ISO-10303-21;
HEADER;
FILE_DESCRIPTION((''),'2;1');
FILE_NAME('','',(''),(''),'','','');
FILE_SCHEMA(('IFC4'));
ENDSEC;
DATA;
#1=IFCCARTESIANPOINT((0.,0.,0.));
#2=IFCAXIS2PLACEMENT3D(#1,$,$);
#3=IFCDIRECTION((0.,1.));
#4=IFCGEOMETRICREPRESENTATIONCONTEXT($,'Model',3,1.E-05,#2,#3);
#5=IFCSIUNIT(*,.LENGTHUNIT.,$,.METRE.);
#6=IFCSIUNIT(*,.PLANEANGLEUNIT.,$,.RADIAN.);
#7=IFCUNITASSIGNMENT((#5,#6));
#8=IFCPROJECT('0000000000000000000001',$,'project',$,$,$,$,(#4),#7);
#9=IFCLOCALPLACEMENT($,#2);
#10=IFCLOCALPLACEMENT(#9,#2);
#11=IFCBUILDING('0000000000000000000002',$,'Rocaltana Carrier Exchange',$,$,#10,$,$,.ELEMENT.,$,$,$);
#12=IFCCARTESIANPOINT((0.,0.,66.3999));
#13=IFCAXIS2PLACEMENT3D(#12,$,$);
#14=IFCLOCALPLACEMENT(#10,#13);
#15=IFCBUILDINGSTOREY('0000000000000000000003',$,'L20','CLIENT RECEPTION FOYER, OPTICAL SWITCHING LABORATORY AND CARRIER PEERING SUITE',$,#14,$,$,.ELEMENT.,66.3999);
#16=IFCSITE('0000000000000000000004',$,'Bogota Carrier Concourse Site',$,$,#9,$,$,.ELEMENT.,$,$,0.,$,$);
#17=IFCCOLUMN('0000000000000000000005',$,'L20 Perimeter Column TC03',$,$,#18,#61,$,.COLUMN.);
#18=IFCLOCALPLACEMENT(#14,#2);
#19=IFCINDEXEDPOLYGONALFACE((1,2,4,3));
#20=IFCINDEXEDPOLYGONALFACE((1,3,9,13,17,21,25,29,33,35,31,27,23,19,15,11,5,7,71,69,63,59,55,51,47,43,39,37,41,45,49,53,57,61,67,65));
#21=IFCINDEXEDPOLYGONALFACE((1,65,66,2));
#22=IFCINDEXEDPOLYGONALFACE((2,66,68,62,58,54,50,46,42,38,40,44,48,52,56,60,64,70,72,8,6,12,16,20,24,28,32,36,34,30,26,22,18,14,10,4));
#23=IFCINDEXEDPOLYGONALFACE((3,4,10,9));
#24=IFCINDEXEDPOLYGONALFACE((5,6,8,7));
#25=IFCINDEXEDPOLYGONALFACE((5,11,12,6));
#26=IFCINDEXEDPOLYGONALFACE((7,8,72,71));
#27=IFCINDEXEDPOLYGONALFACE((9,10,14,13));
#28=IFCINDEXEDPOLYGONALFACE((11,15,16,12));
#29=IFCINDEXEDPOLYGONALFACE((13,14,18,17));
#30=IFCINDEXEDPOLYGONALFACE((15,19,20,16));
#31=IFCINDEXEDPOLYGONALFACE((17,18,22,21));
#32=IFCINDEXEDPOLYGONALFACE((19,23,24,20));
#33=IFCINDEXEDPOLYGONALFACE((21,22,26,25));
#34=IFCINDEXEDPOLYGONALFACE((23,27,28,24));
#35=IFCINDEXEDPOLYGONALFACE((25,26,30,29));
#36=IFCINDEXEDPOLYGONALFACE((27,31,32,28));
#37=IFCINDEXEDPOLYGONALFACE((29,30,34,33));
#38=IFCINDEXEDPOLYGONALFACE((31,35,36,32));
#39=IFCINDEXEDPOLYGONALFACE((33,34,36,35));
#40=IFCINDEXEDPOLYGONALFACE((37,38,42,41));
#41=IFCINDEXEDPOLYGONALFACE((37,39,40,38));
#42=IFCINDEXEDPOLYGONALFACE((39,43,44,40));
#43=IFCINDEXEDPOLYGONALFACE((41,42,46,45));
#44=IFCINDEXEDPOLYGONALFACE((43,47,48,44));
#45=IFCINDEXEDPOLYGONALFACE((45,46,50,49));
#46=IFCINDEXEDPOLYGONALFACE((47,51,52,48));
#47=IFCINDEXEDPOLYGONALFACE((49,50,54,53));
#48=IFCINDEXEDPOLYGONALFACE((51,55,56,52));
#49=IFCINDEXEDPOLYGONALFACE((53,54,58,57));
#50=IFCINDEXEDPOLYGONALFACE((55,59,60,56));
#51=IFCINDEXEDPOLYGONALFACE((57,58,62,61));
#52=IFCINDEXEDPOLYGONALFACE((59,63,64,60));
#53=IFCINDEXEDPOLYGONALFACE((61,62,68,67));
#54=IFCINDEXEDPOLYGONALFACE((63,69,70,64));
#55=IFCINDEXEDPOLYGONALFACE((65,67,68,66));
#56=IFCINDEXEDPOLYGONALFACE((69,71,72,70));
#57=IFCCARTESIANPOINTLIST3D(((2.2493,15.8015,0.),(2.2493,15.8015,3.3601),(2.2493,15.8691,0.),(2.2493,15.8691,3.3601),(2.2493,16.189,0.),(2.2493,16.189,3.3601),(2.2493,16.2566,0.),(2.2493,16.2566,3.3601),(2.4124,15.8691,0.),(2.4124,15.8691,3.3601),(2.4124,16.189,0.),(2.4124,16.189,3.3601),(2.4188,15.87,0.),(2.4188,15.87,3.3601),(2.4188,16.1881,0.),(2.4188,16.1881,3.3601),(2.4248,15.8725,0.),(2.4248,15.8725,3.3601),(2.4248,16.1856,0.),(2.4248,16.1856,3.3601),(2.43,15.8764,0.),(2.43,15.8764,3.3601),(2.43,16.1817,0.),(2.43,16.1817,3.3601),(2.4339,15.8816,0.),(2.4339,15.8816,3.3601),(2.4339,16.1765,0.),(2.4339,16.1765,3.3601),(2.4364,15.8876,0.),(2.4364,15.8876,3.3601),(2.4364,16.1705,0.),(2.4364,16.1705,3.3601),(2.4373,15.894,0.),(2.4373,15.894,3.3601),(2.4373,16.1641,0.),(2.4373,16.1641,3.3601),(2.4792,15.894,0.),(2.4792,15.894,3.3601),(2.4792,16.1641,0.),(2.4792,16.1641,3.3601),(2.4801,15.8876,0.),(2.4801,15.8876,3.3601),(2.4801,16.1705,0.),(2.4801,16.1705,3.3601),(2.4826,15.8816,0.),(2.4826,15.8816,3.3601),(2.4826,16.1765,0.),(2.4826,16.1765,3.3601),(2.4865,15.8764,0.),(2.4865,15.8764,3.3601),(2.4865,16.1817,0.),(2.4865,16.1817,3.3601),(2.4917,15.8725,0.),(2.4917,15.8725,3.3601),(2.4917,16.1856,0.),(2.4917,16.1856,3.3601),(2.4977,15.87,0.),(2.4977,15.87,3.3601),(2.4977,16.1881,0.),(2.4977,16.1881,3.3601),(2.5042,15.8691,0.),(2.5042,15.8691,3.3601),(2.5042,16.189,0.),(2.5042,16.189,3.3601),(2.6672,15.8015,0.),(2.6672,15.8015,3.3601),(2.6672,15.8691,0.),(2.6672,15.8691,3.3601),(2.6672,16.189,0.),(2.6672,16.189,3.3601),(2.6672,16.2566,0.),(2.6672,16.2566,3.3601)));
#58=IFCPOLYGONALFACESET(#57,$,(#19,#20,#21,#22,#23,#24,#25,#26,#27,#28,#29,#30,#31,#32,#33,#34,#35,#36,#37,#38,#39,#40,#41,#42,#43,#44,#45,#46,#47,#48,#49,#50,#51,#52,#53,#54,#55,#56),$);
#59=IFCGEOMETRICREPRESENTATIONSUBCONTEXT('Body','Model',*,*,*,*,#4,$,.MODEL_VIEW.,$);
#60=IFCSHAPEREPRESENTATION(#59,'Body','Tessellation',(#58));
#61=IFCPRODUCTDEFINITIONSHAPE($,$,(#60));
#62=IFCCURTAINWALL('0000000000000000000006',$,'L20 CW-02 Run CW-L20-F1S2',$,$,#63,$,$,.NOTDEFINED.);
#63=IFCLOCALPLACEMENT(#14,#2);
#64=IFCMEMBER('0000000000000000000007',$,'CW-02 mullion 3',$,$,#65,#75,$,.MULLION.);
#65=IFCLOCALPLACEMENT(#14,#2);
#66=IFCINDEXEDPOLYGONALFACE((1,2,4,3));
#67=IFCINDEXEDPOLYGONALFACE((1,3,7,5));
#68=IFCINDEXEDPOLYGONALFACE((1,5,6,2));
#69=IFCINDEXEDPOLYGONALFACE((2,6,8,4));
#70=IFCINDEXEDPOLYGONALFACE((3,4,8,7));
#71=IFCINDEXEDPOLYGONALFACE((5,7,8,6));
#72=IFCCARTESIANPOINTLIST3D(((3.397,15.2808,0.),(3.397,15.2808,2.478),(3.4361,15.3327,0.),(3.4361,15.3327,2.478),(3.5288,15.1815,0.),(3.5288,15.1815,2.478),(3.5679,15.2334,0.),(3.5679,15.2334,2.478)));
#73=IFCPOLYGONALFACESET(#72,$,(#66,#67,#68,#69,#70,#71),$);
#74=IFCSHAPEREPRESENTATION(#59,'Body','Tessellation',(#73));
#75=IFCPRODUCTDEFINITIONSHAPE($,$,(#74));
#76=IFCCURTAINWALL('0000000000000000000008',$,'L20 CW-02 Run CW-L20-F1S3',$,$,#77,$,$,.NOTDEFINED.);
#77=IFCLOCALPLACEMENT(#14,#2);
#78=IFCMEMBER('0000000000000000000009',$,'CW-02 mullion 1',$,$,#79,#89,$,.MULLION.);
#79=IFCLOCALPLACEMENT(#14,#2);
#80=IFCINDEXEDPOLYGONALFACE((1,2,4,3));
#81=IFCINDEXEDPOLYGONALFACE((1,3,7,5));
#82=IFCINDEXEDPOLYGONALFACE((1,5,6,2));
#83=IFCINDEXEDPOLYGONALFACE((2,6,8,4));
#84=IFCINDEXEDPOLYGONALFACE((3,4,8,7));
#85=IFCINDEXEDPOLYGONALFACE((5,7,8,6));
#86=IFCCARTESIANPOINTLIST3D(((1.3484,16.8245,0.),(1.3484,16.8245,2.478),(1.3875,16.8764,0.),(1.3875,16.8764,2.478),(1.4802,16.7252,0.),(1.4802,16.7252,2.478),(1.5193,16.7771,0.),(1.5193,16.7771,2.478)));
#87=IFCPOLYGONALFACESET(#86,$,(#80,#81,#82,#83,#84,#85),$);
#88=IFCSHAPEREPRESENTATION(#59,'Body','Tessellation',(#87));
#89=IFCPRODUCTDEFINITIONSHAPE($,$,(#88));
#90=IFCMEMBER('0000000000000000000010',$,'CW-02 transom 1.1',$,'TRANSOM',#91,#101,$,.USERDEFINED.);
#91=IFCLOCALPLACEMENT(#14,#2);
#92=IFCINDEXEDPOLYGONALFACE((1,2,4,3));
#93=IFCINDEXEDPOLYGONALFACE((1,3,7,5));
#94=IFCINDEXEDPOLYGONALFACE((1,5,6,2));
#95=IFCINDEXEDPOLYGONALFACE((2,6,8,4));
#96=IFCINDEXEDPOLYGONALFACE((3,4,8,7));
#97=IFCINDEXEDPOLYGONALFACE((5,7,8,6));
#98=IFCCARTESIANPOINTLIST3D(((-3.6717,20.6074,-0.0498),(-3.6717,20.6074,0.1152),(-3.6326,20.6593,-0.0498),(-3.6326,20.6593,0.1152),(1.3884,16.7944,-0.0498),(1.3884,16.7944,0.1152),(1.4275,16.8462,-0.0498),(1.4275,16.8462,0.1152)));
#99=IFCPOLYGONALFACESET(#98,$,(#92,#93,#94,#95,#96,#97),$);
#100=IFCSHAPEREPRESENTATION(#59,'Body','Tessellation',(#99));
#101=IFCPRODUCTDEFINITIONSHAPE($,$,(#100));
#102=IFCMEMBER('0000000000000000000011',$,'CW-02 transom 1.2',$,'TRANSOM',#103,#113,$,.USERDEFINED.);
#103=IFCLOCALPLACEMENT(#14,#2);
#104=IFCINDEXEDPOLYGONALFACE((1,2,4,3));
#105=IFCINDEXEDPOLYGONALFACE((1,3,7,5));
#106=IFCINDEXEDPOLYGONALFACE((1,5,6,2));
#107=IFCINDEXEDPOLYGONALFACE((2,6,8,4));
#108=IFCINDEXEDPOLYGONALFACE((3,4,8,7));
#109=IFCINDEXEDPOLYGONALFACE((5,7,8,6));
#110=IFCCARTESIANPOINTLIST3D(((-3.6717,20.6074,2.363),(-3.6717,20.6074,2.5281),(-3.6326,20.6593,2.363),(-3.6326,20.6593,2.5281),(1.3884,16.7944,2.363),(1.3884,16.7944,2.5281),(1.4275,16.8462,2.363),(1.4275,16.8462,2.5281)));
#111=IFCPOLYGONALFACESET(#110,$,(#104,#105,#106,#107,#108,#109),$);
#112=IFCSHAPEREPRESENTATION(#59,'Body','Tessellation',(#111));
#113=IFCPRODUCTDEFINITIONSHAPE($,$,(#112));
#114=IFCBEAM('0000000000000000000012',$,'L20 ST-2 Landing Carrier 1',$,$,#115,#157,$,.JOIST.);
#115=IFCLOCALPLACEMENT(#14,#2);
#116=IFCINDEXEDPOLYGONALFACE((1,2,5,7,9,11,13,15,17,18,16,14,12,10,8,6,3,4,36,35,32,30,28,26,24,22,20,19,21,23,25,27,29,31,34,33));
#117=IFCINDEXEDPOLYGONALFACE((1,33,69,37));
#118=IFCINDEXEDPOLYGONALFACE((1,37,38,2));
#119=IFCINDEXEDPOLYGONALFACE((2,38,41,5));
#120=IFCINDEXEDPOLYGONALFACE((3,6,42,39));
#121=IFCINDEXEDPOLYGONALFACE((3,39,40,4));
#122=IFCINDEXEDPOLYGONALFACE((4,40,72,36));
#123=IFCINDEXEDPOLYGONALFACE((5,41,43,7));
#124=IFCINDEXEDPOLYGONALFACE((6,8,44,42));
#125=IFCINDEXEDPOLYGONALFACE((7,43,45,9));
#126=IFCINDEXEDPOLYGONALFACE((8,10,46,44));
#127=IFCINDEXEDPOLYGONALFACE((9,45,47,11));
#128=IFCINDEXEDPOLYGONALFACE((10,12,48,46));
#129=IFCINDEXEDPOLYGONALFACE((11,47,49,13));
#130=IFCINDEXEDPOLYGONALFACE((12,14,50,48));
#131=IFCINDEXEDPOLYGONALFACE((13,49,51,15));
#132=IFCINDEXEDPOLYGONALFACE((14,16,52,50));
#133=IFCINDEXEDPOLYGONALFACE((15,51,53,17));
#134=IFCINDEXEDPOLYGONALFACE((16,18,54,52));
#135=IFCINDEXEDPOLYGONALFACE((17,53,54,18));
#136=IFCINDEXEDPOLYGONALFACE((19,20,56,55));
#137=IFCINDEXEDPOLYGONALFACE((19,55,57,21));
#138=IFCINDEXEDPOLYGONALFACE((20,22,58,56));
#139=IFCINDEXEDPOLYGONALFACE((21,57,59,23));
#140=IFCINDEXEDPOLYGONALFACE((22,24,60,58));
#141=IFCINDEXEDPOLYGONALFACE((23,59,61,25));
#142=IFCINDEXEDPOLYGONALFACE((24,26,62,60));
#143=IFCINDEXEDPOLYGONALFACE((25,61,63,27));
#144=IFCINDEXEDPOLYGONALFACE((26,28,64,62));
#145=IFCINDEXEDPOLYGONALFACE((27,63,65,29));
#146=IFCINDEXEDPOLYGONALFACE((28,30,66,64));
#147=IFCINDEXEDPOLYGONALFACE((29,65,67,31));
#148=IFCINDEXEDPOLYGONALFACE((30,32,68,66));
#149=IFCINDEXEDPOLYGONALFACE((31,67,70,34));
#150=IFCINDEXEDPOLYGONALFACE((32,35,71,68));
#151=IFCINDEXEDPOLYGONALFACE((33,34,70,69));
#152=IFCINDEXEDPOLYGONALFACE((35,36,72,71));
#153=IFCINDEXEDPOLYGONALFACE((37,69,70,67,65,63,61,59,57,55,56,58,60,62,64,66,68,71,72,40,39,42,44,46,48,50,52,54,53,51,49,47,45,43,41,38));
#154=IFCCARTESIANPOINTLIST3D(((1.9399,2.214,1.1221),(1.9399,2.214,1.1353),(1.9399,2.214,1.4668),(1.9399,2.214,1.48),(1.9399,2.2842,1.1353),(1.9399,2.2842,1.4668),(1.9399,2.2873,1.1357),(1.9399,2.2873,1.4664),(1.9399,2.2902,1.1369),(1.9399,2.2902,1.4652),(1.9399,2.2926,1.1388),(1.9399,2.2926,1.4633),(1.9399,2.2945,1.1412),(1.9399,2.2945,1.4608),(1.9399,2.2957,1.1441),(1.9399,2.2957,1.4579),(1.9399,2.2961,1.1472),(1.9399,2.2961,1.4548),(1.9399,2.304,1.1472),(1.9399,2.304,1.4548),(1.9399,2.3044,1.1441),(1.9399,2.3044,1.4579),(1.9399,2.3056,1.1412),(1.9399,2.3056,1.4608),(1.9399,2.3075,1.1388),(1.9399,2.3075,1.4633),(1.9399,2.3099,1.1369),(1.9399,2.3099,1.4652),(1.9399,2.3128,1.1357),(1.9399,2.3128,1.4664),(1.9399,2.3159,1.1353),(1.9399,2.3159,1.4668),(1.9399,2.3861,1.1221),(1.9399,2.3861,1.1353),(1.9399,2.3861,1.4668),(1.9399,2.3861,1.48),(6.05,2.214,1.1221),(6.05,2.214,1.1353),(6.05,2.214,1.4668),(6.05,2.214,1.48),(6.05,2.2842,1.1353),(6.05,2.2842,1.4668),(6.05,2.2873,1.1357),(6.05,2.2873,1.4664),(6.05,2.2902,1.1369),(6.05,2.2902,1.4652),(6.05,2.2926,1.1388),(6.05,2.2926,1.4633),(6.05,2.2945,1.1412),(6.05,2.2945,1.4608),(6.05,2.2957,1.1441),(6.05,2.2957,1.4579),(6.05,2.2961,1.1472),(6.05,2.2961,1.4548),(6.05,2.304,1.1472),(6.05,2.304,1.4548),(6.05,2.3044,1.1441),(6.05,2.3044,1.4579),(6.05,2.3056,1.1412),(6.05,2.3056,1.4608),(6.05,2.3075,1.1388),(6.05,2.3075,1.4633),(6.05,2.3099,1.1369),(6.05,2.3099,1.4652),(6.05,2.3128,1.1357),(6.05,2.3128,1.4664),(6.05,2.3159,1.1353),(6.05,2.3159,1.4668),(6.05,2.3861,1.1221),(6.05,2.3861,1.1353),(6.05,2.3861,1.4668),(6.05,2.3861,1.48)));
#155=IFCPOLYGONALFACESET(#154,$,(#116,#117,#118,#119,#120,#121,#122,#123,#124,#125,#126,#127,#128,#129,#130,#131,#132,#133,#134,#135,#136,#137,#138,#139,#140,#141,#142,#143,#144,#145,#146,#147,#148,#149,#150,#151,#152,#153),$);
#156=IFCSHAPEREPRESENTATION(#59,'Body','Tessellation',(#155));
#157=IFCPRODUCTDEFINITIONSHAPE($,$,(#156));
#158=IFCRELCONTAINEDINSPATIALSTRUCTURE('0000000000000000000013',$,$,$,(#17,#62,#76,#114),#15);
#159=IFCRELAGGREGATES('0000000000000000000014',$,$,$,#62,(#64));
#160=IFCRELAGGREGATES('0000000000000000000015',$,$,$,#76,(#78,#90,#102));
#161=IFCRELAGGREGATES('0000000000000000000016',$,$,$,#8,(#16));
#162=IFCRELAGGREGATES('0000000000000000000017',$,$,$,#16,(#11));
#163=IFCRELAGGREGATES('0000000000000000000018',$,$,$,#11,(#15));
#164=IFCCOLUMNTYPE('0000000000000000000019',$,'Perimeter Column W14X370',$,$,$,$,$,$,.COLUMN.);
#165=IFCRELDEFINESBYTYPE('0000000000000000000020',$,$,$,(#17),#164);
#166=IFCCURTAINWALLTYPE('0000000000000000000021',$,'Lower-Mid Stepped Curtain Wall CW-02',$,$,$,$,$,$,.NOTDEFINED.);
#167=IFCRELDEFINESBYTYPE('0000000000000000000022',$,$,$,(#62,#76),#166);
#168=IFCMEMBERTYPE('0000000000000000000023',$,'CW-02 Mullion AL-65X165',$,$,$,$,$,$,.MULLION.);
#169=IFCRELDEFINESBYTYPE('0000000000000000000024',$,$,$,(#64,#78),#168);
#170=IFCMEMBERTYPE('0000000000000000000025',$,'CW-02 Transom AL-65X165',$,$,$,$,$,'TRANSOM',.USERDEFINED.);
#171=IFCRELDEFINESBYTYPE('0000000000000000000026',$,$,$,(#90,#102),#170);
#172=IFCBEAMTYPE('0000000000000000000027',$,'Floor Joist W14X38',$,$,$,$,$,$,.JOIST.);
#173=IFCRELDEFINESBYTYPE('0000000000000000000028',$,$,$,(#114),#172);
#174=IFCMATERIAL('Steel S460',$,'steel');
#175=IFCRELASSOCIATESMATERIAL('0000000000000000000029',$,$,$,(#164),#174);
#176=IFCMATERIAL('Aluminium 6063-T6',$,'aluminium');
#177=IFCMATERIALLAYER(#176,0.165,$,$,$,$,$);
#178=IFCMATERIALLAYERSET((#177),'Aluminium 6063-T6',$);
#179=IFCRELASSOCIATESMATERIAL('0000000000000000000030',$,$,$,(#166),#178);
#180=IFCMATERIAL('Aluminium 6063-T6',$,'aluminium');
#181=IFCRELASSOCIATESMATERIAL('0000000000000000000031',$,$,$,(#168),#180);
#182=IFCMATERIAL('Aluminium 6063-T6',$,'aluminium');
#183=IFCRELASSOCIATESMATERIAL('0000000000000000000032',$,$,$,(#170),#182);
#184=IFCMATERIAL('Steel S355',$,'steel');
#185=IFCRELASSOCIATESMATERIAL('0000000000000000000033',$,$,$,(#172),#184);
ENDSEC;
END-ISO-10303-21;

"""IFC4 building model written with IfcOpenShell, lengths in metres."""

from ifc_helpers import new_model, si_unit, direction, frame, origin, origin_2d, place, context, subcontext, project, spatial, rectangle, i_section, extrude, material, layer, layer_set, material_profile, profile_set, type_object, element, aggregate, save


model = new_model("IFC4")

# Units and contexts
model_context = context("Model", 3, precision=1e-05, world=origin(), true_north=direction((0.0, 1.0)))
body_context = subcontext(model_context, "Body", "Model", "MODEL_VIEW")
ifc_project = project(units=[si_unit("LENGTHUNIT", "METRE"), si_unit("PLANEANGLEUNIT", "RADIAN")], contexts=[model_context])

# Site, building, storey
site_placement = place(None, origin())
site = spatial("IfcSite", under=ifc_project, at=site_placement, Name="Bogota Carrier Concourse Site", CompositionType="ELEMENT", RefElevation=0.0)
building_placement = place(site_placement, origin())
building = spatial("IfcBuilding", under=site, at=building_placement, Name="Rocaltana Carrier Exchange", CompositionType="ELEMENT")
storey_placement = place(building_placement, frame((0.0, 0.0, 66.3999)))
storey = spatial("IfcBuildingStorey", under=building, at=storey_placement, Name="L20", Description="CLIENT RECEPTION FOYER, OPTICAL SWITCHING LABORATORY AND CARRIER PEERING SUITE", CompositionType="ELEMENT", Elevation=66.3999)

# Column
ifc_material_1 = material(Name="Steel S460", Category="steel")
ifc_material_profile_1 = material_profile(ifc_material_1, i_section(OverallWidth=0.418, OverallDepth=0.4551, WebThickness=0.042, FlangeThickness=0.0676, FilletRadius=0.0249, at=origin_2d()), Name="W14X370")
ifc_profile_set_1 = profile_set([ifc_material_profile_1], Name="Steel S460")
column_type = type_object("IfcColumnType", Name="Perimeter Column W14X370", PredefinedType="COLUMN", material=ifc_profile_set_1)
column_placement = place(storey_placement, frame((2.4583, 16.0291, 0.0), z_axis=(0.0, 0.0, 1.0), x_axis=(1.0, 0.0, 0.0)))
element("IfcColumn", 1, at=column_placement, inside=storey, type_object=column_type, Name="L20 Perimeter Column TC03", PredefinedType="COLUMN", context=body_context, shape_type="SweptSolid", body=[
    extrude(i_section(OverallWidth=0.418, OverallDepth=0.4551, WebThickness=0.042, FlangeThickness=0.0676, FilletRadius=0.0249, at=origin_2d()), origin(), (0.0, 0.0, 1.0), 3.3601),
])

# Curtain wall, member
ifc_material_2 = material(Name="Aluminium 6063-T6", Category="aluminium")
ifc_layer_1 = layer(ifc_material_2, 0.165)
ifc_layer_set_1 = layer_set([ifc_layer_1], Name="Aluminium 6063-T6")
curtain_wall_type = type_object("IfcCurtainWallType", Name="Lower-Mid Stepped Curtain Wall CW-02", PredefinedType="NOTDEFINED", material=ifc_layer_set_1)
curtain_wall_1_placement = place(storey_placement, origin())
curtain_wall_1 = element("IfcCurtainWall", 2, at=curtain_wall_1_placement, inside=storey, type_object=curtain_wall_type, Name="L20 CW-02 Run CW-L20-F1S2", PredefinedType="NOTDEFINED")
ifc_material_3 = material(Name="Aluminium 6063-T6", Category="aluminium")
ifc_material_profile_2 = material_profile(ifc_material_3, rectangle(XDim=0.0649, YDim=0.165, at=origin_2d()), Name="AL-65X165")
ifc_profile_set_2 = profile_set([ifc_material_profile_2], Name="Aluminium 6063-T6")
member_type_1 = type_object("IfcMemberType", Name="CW-02 Mullion AL-65X165", PredefinedType="MULLION", material=ifc_profile_set_2)
member_1_placement = place(storey_placement, frame((3.4824, 15.2571, 0.0), z_axis=(0.0, 0.0, 1.0), x_axis=(-0.601815, -0.798635, 0.0)))
member_1 = element("IfcMember", 3, at=member_1_placement, type_object=member_type_1, Name="CW-02 mullion 3", PredefinedType="MULLION", context=body_context, shape_type="SweptSolid", body=[
    extrude(rectangle(XDim=0.0649, YDim=0.165, at=origin_2d()), origin(), (0.0, 0.0, 1.0), 2.478),
])
aggregate(curtain_wall_1, [member_1])

# Curtain wall, members
curtain_wall_2_placement = place(storey_placement, origin())
curtain_wall_2 = element("IfcCurtainWall", 4, at=curtain_wall_2_placement, inside=storey, type_object=curtain_wall_type, Name="L20 CW-02 Run CW-L20-F1S3", PredefinedType="NOTDEFINED")
member_2_placement = place(storey_placement, frame((1.4338, 16.8008, 0.0), z_axis=(0.0, 0.0, 1.0), x_axis=(-0.601812, -0.798638, 0.0)))
member_2 = element("IfcMember", 5, at=member_2_placement, type_object=member_type_1, Name="CW-02 mullion 1", PredefinedType="MULLION", context=body_context, shape_type="SweptSolid", body=[
    extrude(rectangle(XDim=0.0649, YDim=0.165, at=origin_2d()), origin(), (0.0, 0.0, 1.0), 2.478),
])
ifc_material_4 = material(Name="Aluminium 6063-T6", Category="aluminium")
ifc_material_profile_3 = material_profile(ifc_material_4, rectangle(XDim=0.0649, YDim=0.165, at=origin_2d()), Name="AL-65X165")
ifc_profile_set_3 = profile_set([ifc_material_profile_3], Name="Aluminium 6063-T6")
member_type_2 = type_object("IfcMemberType", Name="CW-02 Transom AL-65X165", ElementType="TRANSOM", PredefinedType="USERDEFINED", material=ifc_profile_set_3)
member_3_placement = place(storey_placement, frame((1.408, 16.8203, 0.0327), z_axis=(-0.798638, 0.601811, 0.0), x_axis=(-0.601811, -0.798638, 0.0)))
member_3 = element("IfcMember", 6, at=member_3_placement, type_object=member_type_2, Name="CW-02 transom 1.1", ObjectType="TRANSOM", PredefinedType="USERDEFINED", context=body_context, shape_type="SweptSolid", body=[
    extrude(rectangle(XDim=0.0649, YDim=0.165, at=origin_2d()), origin(), (0.0, 0.0, 1.0), 6.3359),
])
member_4_placement = place(storey_placement, frame((1.408, 16.8203, 2.4456), z_axis=(-0.798638, 0.601811, 0.0), x_axis=(-0.601811, -0.798638, 0.0)))
member_4 = element("IfcMember", 7, at=member_4_placement, type_object=member_type_2, Name="CW-02 transom 1.2", ObjectType="TRANSOM", PredefinedType="USERDEFINED", context=body_context, shape_type="SweptSolid", body=[
    extrude(rectangle(XDim=0.0649, YDim=0.165, at=origin_2d()), origin(), (0.0, 0.0, 1.0), 6.3359),
])
aggregate(curtain_wall_2, [member_2, member_3, member_4])

# Beam
ifc_material_5 = material(Name="Steel S355", Category="steel")
ifc_material_profile_4 = material_profile(ifc_material_5, i_section(OverallWidth=0.1721, OverallDepth=0.3579, WebThickness=0.0078, FlangeThickness=0.0132, FilletRadius=0.012, at=origin_2d()), Name="W14X38")
ifc_profile_set_4 = profile_set([ifc_material_profile_4], Name="Steel S355")
beam_type_1 = type_object("IfcBeamType", Name="Floor Joist W14X38", PredefinedType="JOIST", material=ifc_profile_set_4)
for number, where, z_axis, x_axis, name in (
    (8, (1.9399, 2.3, 1.301), (1.0, 0.0, 0.0), (0.0, 1.0, 0.0), "L20 ST-2 Landing Carrier 1"),
):
    element("IfcBeam", number, at=place(storey_placement, frame(where, z_axis=z_axis, x_axis=x_axis)), inside=storey, type_object=beam_type_1, Name=name, PredefinedType="JOIST", context=body_context, shape_type="SweptSolid", body=[
        extrude(i_section(OverallWidth=0.1721, OverallDepth=0.3579, WebThickness=0.0078, FlangeThickness=0.0132, FilletRadius=0.012, at=origin_2d()), origin(), (0.0, 0.0, 1.0), 4.1101),
    ])

save(model, "model.ifc")
